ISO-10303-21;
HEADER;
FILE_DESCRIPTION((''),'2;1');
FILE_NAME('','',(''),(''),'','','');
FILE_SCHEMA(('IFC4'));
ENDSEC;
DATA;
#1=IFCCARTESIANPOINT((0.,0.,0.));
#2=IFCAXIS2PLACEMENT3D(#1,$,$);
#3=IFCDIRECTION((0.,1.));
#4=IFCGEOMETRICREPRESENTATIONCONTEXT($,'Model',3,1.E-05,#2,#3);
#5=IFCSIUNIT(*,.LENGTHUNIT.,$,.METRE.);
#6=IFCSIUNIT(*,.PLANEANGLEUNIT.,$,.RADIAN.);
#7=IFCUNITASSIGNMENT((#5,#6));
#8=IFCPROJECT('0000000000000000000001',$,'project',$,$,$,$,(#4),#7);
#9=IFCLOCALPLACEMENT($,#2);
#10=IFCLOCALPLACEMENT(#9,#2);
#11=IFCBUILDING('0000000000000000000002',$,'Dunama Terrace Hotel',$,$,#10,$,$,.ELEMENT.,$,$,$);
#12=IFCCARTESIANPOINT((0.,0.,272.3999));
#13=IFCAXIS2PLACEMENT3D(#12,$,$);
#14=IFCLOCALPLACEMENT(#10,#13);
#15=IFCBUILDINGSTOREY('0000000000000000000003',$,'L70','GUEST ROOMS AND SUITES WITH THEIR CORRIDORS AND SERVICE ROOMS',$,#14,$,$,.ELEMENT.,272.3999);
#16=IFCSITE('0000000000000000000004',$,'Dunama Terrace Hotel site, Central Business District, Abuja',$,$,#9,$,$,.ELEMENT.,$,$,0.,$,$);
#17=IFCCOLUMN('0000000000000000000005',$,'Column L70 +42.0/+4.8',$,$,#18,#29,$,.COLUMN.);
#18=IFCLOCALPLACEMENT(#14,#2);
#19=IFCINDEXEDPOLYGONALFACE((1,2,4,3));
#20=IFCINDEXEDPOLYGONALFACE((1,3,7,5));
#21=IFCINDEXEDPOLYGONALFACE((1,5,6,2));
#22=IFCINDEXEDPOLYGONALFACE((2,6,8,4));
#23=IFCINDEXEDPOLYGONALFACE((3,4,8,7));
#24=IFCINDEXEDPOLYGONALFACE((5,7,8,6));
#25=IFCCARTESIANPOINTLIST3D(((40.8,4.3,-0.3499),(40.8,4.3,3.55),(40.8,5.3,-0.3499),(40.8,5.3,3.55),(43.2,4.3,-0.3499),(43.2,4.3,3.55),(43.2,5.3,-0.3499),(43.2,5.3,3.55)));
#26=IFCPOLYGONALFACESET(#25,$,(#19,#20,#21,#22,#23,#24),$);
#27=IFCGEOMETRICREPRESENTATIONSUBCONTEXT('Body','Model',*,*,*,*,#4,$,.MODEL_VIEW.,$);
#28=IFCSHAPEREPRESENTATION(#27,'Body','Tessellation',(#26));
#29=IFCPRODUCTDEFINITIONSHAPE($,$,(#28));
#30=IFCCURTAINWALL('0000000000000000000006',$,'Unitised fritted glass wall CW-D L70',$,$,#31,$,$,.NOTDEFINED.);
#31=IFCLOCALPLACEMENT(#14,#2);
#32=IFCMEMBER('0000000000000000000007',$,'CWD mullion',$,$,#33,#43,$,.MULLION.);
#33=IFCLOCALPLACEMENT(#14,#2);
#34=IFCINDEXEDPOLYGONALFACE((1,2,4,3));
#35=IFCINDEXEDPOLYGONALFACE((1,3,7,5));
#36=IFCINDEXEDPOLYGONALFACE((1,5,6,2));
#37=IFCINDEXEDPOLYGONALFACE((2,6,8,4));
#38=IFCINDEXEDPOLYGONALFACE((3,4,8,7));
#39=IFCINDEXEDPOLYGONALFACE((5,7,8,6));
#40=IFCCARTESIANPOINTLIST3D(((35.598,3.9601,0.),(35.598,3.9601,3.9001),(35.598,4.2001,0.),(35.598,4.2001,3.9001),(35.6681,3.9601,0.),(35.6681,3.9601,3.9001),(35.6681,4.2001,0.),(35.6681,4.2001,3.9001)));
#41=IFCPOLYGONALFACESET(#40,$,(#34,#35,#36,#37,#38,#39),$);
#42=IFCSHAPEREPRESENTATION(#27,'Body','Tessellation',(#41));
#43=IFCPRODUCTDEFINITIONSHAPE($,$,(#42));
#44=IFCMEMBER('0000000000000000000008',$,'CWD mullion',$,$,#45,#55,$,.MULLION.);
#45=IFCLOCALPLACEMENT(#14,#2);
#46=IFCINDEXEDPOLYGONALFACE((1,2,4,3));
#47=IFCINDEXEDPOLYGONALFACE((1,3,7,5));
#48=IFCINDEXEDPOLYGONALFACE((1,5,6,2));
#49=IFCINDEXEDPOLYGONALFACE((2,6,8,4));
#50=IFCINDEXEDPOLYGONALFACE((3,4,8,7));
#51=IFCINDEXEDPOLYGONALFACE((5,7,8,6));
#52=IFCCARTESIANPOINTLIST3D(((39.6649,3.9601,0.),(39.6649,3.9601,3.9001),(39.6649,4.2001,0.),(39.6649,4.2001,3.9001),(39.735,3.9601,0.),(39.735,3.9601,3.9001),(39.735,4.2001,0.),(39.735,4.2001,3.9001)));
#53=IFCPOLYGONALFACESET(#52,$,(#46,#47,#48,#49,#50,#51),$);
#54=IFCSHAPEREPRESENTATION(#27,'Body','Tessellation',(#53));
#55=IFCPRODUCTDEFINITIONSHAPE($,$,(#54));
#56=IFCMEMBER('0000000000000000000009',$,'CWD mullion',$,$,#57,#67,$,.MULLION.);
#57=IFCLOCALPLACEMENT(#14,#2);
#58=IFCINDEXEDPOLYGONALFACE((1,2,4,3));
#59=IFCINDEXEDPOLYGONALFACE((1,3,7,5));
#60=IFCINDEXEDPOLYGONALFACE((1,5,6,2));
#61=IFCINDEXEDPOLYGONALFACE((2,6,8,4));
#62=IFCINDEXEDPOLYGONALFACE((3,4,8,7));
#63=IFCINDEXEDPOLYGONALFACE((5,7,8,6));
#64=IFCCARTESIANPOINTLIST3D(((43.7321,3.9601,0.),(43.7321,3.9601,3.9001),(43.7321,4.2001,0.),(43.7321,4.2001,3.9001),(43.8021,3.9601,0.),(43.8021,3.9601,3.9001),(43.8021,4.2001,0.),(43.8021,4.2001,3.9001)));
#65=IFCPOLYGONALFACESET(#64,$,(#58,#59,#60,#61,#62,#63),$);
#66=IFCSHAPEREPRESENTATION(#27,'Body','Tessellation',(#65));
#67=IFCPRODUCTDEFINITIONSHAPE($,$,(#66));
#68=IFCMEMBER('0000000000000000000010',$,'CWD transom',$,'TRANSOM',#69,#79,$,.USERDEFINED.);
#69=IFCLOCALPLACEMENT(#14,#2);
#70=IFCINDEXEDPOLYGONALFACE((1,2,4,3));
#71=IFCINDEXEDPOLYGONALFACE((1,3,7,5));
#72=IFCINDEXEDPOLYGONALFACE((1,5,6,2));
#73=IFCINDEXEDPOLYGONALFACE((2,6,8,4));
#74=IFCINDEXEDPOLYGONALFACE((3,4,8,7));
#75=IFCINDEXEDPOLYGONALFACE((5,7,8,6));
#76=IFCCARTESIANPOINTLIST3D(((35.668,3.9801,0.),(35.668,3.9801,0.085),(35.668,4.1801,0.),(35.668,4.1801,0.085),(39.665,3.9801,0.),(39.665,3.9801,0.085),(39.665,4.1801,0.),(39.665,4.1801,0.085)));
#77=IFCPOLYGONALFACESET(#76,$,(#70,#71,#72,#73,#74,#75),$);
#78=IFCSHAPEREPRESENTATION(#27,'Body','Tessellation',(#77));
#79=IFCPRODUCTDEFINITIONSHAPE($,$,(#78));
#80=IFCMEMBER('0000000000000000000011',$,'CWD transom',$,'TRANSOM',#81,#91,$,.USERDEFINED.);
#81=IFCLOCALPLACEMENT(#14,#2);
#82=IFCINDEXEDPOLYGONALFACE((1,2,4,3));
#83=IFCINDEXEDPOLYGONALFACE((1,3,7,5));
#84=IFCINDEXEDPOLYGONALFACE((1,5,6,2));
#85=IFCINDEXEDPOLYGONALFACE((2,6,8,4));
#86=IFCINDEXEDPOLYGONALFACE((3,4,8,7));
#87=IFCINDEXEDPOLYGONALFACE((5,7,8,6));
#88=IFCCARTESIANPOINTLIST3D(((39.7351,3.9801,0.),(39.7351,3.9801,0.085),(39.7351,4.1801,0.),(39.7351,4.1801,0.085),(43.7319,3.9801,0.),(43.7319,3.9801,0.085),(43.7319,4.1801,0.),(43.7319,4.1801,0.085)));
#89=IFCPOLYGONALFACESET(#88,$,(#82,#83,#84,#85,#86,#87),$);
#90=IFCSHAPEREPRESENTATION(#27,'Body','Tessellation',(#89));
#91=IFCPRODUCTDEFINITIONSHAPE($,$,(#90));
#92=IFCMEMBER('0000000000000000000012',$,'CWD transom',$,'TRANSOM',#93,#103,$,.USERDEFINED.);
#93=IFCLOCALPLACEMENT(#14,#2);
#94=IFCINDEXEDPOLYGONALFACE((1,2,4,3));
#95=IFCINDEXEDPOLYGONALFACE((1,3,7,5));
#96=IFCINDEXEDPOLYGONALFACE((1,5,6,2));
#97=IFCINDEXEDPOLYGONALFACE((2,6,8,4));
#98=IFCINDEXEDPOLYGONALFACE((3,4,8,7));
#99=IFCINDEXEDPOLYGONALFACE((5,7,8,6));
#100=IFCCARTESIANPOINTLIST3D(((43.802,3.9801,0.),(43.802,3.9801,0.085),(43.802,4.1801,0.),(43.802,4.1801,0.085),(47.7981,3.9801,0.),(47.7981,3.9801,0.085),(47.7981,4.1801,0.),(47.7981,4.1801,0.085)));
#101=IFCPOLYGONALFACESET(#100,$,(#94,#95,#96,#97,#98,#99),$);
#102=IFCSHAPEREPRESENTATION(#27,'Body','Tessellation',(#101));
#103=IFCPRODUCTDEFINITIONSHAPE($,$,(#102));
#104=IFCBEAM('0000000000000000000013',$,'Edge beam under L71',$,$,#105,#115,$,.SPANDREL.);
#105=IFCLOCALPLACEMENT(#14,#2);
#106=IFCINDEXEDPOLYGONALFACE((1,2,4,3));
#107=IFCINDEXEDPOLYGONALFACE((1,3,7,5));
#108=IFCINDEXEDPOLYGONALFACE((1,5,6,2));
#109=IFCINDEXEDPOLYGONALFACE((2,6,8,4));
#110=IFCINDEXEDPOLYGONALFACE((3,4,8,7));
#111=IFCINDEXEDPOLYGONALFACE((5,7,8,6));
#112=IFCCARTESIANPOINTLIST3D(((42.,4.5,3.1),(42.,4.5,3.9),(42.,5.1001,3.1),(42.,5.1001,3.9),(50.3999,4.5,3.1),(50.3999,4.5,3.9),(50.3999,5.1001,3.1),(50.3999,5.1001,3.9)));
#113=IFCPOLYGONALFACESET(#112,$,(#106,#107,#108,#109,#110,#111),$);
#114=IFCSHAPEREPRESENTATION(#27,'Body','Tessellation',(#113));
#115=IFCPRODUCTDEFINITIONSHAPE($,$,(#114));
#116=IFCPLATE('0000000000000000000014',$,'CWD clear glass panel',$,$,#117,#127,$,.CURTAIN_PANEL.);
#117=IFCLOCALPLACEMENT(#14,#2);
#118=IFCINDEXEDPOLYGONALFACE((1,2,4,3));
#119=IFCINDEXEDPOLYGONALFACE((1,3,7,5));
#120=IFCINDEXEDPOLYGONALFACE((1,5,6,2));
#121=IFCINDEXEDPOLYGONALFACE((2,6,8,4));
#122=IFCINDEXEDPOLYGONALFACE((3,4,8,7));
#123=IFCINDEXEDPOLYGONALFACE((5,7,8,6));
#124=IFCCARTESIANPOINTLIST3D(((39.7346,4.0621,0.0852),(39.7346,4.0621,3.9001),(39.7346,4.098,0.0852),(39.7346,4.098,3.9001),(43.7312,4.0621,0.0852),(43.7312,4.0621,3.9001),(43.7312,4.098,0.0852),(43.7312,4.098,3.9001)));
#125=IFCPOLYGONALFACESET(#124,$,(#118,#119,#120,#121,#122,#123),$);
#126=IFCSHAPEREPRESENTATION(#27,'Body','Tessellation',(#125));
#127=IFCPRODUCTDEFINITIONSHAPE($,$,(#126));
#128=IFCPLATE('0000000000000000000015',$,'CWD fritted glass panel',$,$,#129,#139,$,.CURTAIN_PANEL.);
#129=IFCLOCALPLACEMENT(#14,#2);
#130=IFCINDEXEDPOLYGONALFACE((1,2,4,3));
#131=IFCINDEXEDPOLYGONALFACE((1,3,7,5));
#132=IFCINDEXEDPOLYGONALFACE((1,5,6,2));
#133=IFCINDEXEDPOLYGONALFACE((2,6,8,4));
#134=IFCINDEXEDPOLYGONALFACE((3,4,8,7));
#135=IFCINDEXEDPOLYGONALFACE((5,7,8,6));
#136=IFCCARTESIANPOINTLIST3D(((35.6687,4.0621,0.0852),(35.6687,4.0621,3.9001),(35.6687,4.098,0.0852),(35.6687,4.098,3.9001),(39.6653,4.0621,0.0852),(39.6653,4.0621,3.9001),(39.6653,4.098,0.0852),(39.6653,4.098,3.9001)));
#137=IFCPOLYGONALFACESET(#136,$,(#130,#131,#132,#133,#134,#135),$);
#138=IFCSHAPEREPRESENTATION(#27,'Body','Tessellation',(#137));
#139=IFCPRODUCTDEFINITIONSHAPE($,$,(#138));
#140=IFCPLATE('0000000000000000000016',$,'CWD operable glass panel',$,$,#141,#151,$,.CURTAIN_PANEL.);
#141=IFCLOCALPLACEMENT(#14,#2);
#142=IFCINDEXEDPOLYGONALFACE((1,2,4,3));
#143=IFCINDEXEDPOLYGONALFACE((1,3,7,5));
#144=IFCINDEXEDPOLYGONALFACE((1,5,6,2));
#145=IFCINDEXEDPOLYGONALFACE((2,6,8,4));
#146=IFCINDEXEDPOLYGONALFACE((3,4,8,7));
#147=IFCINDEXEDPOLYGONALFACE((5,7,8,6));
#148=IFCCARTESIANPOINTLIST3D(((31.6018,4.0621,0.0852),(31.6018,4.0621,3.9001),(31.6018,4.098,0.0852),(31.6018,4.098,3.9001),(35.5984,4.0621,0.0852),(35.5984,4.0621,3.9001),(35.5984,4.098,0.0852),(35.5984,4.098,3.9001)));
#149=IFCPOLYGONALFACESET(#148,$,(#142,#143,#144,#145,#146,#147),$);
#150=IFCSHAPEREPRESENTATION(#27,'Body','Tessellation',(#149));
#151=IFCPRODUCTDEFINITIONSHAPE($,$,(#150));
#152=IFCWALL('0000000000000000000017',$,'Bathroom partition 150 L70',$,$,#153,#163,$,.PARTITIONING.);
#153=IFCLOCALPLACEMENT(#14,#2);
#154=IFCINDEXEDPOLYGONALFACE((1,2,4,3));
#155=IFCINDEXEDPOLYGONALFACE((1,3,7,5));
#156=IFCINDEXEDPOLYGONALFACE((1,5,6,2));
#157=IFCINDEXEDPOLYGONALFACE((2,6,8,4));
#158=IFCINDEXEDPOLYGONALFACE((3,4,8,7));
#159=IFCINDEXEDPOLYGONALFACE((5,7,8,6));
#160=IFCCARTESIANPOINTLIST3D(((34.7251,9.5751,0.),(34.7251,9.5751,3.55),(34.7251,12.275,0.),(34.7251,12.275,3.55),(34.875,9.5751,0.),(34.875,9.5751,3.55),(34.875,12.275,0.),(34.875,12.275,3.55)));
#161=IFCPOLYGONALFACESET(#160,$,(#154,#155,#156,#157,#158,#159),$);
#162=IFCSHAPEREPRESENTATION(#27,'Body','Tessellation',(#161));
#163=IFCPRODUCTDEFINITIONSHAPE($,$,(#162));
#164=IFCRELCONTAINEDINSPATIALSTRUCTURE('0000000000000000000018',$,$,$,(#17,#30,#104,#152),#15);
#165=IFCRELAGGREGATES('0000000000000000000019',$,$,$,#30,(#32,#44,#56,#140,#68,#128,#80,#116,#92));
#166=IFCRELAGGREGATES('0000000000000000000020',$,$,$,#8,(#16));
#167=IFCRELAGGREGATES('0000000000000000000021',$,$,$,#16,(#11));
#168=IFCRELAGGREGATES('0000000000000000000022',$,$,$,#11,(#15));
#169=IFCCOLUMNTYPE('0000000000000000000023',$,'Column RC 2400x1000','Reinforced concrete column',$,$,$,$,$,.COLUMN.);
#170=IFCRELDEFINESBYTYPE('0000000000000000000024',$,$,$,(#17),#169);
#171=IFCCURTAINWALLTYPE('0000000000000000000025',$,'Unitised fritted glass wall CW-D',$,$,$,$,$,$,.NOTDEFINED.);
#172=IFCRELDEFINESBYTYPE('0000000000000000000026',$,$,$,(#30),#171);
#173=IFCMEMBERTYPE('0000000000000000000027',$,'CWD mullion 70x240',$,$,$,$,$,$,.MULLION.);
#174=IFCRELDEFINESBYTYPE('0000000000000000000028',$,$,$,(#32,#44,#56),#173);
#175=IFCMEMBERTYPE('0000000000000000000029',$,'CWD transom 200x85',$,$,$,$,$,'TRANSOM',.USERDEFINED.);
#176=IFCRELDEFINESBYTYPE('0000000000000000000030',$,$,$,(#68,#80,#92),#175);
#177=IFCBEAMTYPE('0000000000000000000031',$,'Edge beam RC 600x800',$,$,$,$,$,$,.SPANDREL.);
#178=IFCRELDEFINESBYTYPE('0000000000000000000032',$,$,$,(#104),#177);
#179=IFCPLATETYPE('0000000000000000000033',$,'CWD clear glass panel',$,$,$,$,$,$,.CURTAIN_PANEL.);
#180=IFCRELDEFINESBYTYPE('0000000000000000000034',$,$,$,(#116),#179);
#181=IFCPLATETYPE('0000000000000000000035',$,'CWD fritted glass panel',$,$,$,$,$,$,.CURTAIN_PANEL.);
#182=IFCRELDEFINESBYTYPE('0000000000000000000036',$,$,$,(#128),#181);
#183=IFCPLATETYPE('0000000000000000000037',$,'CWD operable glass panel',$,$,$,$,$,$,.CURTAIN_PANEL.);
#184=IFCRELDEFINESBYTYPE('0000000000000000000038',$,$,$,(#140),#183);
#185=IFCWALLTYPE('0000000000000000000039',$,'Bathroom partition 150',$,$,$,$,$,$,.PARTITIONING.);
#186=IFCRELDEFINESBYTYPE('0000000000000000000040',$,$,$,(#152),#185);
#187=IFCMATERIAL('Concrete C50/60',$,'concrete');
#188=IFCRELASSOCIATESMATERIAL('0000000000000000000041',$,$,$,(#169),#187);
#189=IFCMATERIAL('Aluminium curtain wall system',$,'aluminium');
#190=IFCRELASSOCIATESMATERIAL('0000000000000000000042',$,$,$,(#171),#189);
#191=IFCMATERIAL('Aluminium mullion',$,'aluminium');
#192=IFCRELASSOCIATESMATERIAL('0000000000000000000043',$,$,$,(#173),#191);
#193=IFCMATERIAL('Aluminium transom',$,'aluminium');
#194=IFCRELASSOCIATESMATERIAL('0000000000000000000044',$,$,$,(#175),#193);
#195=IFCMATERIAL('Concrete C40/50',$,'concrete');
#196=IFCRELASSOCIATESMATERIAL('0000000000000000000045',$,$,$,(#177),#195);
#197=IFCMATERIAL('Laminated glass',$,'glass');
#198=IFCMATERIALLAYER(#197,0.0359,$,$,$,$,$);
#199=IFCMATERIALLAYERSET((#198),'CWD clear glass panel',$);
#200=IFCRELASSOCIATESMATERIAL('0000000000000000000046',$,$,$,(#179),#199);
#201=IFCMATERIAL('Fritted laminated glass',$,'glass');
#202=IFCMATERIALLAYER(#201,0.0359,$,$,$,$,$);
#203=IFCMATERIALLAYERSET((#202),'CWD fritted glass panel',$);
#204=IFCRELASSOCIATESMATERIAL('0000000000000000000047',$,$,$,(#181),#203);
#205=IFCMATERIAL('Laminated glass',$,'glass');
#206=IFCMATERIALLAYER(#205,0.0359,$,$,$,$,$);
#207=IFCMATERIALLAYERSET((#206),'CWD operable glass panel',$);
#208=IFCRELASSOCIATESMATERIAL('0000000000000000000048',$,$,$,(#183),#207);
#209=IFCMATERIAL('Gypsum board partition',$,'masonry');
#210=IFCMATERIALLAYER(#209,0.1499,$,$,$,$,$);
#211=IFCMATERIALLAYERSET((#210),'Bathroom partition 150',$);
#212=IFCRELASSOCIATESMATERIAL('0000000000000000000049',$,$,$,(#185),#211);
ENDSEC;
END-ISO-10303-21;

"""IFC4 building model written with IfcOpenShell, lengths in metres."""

from ifc_helpers import new_model, si_unit, direction, frame, frame_2d, origin, origin_2d, place, context, subcontext, project, spatial, rectangle, extrude, material, layer, layer_set, material_profile, profile_set, type_object, element, aggregate, save


model = new_model("IFC4")

# Units and contexts
model_context = context("Model", 3, precision=1e-05, world=origin(), true_north=direction((0.0, 1.0)))
body_context = subcontext(model_context, "Body", "Model", "MODEL_VIEW")
ifc_project = project(units=[si_unit("LENGTHUNIT", "METRE"), si_unit("PLANEANGLEUNIT", "RADIAN")], contexts=[model_context])

# Site, building, storey
site_placement = place(None, origin())
site = spatial("IfcSite", under=ifc_project, at=site_placement, Name="Dunama Terrace Hotel site, Central Business District, Abuja", CompositionType="ELEMENT", RefElevation=0.0)
building_placement = place(site_placement, origin())
building = spatial("IfcBuilding", under=site, at=building_placement, Name="Dunama Terrace Hotel", CompositionType="ELEMENT")
storey_placement = place(building_placement, frame((0.0, 0.0, 272.3999)))
storey = spatial("IfcBuildingStorey", under=building, at=storey_placement, Name="L70", Description="GUEST ROOMS AND SUITES WITH THEIR CORRIDORS AND SERVICE ROOMS", CompositionType="ELEMENT", Elevation=272.3999)

# Column
ifc_material_1 = material(Name="Concrete C50/60", Category="concrete")
ifc_material_profile_1 = material_profile(ifc_material_1, rectangle(XDim=2.3999, YDim=1.0, at=origin_2d()), Name="RC 2400x1000")
ifc_profile_set_1 = profile_set([ifc_material_profile_1], Name="Concrete C50/60")
column_type = type_object("IfcColumnType", Name="Column RC 2400x1000", Description="Reinforced concrete column", PredefinedType="COLUMN", material=ifc_profile_set_1)
column_placement = place(storey_placement, frame((42.0, 4.8, -0.3499), z_axis=(0.0, 0.0, 1.0), x_axis=(1.0, 0.0, 0.0)))
element("IfcColumn", 1, at=column_placement, inside=storey, type_object=column_type, Name="Column L70 +42.0/+4.8", PredefinedType="COLUMN", context=body_context, shape_type="SweptSolid", body=[
    extrude(rectangle(XDim=2.3999, YDim=1.0, at=origin_2d()), origin(), (0.0, 0.0, 1.0), 3.8999),
])

# Curtain wall, members
ifc_material_2 = material(Name="Aluminium curtain wall system", Category="aluminium")
curtain_wall_type = type_object("IfcCurtainWallType", Name="Unitised fritted glass wall CW-D", PredefinedType="NOTDEFINED", material=ifc_material_2)
curtain_wall_placement = place(storey_placement, origin())
curtain_wall = element("IfcCurtainWall", 2, at=curtain_wall_placement, inside=storey, type_object=curtain_wall_type, Name="Unitised fritted glass wall CW-D L70", PredefinedType="NOTDEFINED")
ifc_material_3 = material(Name="Aluminium mullion", Category="aluminium")
ifc_material_profile_2 = material_profile(ifc_material_3, rectangle(XDim=0.0701, YDim=0.24, at=origin_2d()), Name="CWD MULLION 70X240")
ifc_profile_set_2 = profile_set([ifc_material_profile_2], Name="Aluminium mullion")
member_type_1 = type_object("IfcMemberType", Name="CWD mullion 70x240", PredefinedType="MULLION", material=ifc_profile_set_2)
member_1_placement = place(storey_placement, frame((35.6331, 4.0801, 0.0), z_axis=(0.0, 0.0, 1.0), x_axis=(1.0, 0.0, 0.0)))
member_1 = element("IfcMember", 3, at=member_1_placement, type_object=member_type_1, Name="CWD mullion", PredefinedType="MULLION", context=body_context, shape_type="SweptSolid", body=[
    extrude(rectangle(XDim=0.0701, YDim=0.24, at=origin_2d()), origin(), (0.0, 0.0, 1.0), 3.9001),
])
member_2_placement = place(storey_placement, frame((39.7, 4.0801, 0.0), z_axis=(0.0, 0.0, 1.0), x_axis=(1.0, 0.0, 0.0)))
member_2 = element("IfcMember", 4, at=member_2_placement, type_object=member_type_1, Name="CWD mullion", PredefinedType="MULLION", context=body_context, shape_type="SweptSolid", body=[
    extrude(rectangle(XDim=0.0701, YDim=0.24, at=origin_2d()), origin(), (0.0, 0.0, 1.0), 3.9001),
])
member_3_placement = place(storey_placement, frame((43.7671, 4.0801, 0.0), z_axis=(0.0, 0.0, 1.0), x_axis=(1.0, 0.0, 0.0)))
member_3 = element("IfcMember", 5, at=member_3_placement, type_object=member_type_1, Name="CWD mullion", PredefinedType="MULLION", context=body_context, shape_type="SweptSolid", body=[
    extrude(rectangle(XDim=0.0701, YDim=0.24, at=origin_2d()), origin(), (0.0, 0.0, 1.0), 3.9001),
])
ifc_material_4 = material(Name="Aluminium transom", Category="aluminium")
ifc_material_profile_3 = material_profile(ifc_material_4, rectangle(XDim=0.2, YDim=0.085, at=origin_2d()), Name="CWD TRANSOM 200X85")
ifc_profile_set_3 = profile_set([ifc_material_profile_3], Name="Aluminium transom")
member_type_2 = type_object("IfcMemberType", Name="CWD transom 200x85", ElementType="TRANSOM", PredefinedType="USERDEFINED", material=ifc_profile_set_3)
member_4_placement = place(storey_placement, frame((35.668, 4.0801, 0.0425), z_axis=(1.0, 0.0, 0.0), x_axis=(0.0, 1.0, 0.0)))
member_4 = element("IfcMember", 6, at=member_4_placement, type_object=member_type_2, Name="CWD transom", ObjectType="TRANSOM", PredefinedType="USERDEFINED", context=body_context, shape_type="SweptSolid", body=[
    extrude(rectangle(XDim=0.2, YDim=0.085, at=origin_2d()), origin(), (0.0, 0.0, 1.0), 3.9971),
])
member_5_placement = place(storey_placement, frame((39.7351, 4.0801, 0.0425), z_axis=(1.0, 0.0, 0.0), x_axis=(0.0, 1.0, 0.0)))
member_5 = element("IfcMember", 7, at=member_5_placement, type_object=member_type_2, Name="CWD transom", ObjectType="TRANSOM", PredefinedType="USERDEFINED", context=body_context, shape_type="SweptSolid", body=[
    extrude(rectangle(XDim=0.2, YDim=0.085, at=origin_2d()), origin(), (0.0, 0.0, 1.0), 3.9968),
])
member_6_placement = place(storey_placement, frame((43.802, 4.0801, 0.0425), z_axis=(1.0, 0.0, 0.0), x_axis=(0.0, 1.0, 0.0)))
member_6 = element("IfcMember", 8, at=member_6_placement, type_object=member_type_2, Name="CWD transom", ObjectType="TRANSOM", PredefinedType="USERDEFINED", context=body_context, shape_type="SweptSolid", body=[
    extrude(rectangle(XDim=0.2, YDim=0.085, at=origin_2d()), origin(), (0.0, 0.0, 1.0), 3.9961),
])

# Beam
ifc_material_5 = material(Name="Concrete C40/50", Category="concrete")
ifc_material_profile_4 = material_profile(ifc_material_5, rectangle(XDim=0.6001, YDim=0.8, at=origin_2d()), Name="RC 600x800")
ifc_profile_set_4 = profile_set([ifc_material_profile_4], Name="Concrete C40/50")
beam_type = type_object("IfcBeamType", Name="Edge beam RC 600x800", PredefinedType="SPANDREL", material=ifc_profile_set_4)
beam_placement = place(storey_placement, frame((42.0, 4.8, 3.5), z_axis=(1.0, 0.0, 0.0), x_axis=(0.0, 1.0, 0.0)))
element("IfcBeam", 9, at=beam_placement, inside=storey, type_object=beam_type, Name="Edge beam under L71", PredefinedType="SPANDREL", context=body_context, shape_type="SweptSolid", body=[
    extrude(rectangle(XDim=0.6001, YDim=0.8, at=origin_2d()), origin(), (0.0, 0.0, 1.0), 8.3999),
])

# Plates
ifc_material_6 = material(Name="Laminated glass", Category="glass")
ifc_layer_1 = layer(ifc_material_6, 0.0359)
ifc_layer_set_1 = layer_set([ifc_layer_1], Name="CWD clear glass panel")
plate_type_1 = type_object("IfcPlateType", Name="CWD clear glass panel", PredefinedType="CURTAIN_PANEL", material=ifc_layer_set_1)
plate_1_placement = place(storey_placement, frame((41.7329, 4.0801, 0.0852), z_axis=(0.0, 0.0, 1.0), x_axis=(1.0, 0.0, 0.0)))
plate_1 = element("IfcPlate", 10, at=plate_1_placement, type_object=plate_type_1, Name="CWD clear glass panel", PredefinedType="CURTAIN_PANEL", context=body_context, shape_type="SweptSolid", body=[
    extrude(rectangle(XDim=3.9966, YDim=0.0359, at=origin_2d()), origin(), (0.0, 0.0, 1.0), 3.8149),
])
ifc_material_7 = material(Name="Fritted laminated glass", Category="glass")
ifc_layer_2 = layer(ifc_material_7, 0.0359)
ifc_layer_set_2 = layer_set([ifc_layer_2], Name="CWD fritted glass panel")
plate_type_2 = type_object("IfcPlateType", Name="CWD fritted glass panel", PredefinedType="CURTAIN_PANEL", material=ifc_layer_set_2)
plate_2_placement = place(storey_placement, frame((37.667, 4.0801, 0.0852), z_axis=(0.0, 0.0, 1.0), x_axis=(1.0, 0.0, 0.0)))
plate_2 = element("IfcPlate", 11, at=plate_2_placement, type_object=plate_type_2, Name="CWD fritted glass panel", PredefinedType="CURTAIN_PANEL", context=body_context, shape_type="SweptSolid", body=[
    extrude(rectangle(XDim=3.9966, YDim=0.0359, at=origin_2d()), origin(), (0.0, 0.0, 1.0), 3.8149),
])
ifc_material_8 = material(Name="Laminated glass", Category="glass")
ifc_layer_3 = layer(ifc_material_8, 0.0359)
ifc_layer_set_3 = layer_set([ifc_layer_3], Name="CWD operable glass panel")
plate_type_3 = type_object("IfcPlateType", Name="CWD operable glass panel", PredefinedType="CURTAIN_PANEL", material=ifc_layer_set_3)
plate_3_placement = place(storey_placement, frame((33.6001, 4.0801, 0.0852), z_axis=(0.0, 0.0, 1.0), x_axis=(1.0, 0.0, 0.0)))
plate_3 = element("IfcPlate", 12, at=plate_3_placement, type_object=plate_type_3, Name="CWD operable glass panel", PredefinedType="CURTAIN_PANEL", context=body_context, shape_type="SweptSolid", body=[
    extrude(rectangle(XDim=3.9966, YDim=0.0359, at=origin_2d()), origin(), (0.0, 0.0, 1.0), 3.8149),
])
aggregate(curtain_wall, [member_1, member_2, member_3, plate_3, member_4, plate_2, member_5, plate_1, member_6])

# Wall
ifc_material_9 = material(Name="Gypsum board partition", Category="masonry")
ifc_layer_4 = layer(ifc_material_9, 0.1499)
ifc_layer_set_4 = layer_set([ifc_layer_4], Name="Bathroom partition 150")
wall_type_1 = type_object("IfcWallType", Name="Bathroom partition 150", PredefinedType="PARTITIONING", material=ifc_layer_set_4)
wall_1_placement = place(storey_placement, frame((34.8, 9.575, 0.0), z_axis=(0.0, 0.0, 1.0), x_axis=(0.0, 1.0, 0.0)))
element("IfcWall", 13, at=wall_1_placement, inside=storey, type_object=wall_type_1, Name="Bathroom partition 150 L70", PredefinedType="PARTITIONING", context=body_context, shape_type="SweptSolid", body=[
    extrude(rectangle(XDim=2.7, YDim=0.1499, at=frame_2d((1.3501, 0.0))), origin(), (0.0, 0.0, 1.0), 3.55),
])

save(model, "model.ifc")
